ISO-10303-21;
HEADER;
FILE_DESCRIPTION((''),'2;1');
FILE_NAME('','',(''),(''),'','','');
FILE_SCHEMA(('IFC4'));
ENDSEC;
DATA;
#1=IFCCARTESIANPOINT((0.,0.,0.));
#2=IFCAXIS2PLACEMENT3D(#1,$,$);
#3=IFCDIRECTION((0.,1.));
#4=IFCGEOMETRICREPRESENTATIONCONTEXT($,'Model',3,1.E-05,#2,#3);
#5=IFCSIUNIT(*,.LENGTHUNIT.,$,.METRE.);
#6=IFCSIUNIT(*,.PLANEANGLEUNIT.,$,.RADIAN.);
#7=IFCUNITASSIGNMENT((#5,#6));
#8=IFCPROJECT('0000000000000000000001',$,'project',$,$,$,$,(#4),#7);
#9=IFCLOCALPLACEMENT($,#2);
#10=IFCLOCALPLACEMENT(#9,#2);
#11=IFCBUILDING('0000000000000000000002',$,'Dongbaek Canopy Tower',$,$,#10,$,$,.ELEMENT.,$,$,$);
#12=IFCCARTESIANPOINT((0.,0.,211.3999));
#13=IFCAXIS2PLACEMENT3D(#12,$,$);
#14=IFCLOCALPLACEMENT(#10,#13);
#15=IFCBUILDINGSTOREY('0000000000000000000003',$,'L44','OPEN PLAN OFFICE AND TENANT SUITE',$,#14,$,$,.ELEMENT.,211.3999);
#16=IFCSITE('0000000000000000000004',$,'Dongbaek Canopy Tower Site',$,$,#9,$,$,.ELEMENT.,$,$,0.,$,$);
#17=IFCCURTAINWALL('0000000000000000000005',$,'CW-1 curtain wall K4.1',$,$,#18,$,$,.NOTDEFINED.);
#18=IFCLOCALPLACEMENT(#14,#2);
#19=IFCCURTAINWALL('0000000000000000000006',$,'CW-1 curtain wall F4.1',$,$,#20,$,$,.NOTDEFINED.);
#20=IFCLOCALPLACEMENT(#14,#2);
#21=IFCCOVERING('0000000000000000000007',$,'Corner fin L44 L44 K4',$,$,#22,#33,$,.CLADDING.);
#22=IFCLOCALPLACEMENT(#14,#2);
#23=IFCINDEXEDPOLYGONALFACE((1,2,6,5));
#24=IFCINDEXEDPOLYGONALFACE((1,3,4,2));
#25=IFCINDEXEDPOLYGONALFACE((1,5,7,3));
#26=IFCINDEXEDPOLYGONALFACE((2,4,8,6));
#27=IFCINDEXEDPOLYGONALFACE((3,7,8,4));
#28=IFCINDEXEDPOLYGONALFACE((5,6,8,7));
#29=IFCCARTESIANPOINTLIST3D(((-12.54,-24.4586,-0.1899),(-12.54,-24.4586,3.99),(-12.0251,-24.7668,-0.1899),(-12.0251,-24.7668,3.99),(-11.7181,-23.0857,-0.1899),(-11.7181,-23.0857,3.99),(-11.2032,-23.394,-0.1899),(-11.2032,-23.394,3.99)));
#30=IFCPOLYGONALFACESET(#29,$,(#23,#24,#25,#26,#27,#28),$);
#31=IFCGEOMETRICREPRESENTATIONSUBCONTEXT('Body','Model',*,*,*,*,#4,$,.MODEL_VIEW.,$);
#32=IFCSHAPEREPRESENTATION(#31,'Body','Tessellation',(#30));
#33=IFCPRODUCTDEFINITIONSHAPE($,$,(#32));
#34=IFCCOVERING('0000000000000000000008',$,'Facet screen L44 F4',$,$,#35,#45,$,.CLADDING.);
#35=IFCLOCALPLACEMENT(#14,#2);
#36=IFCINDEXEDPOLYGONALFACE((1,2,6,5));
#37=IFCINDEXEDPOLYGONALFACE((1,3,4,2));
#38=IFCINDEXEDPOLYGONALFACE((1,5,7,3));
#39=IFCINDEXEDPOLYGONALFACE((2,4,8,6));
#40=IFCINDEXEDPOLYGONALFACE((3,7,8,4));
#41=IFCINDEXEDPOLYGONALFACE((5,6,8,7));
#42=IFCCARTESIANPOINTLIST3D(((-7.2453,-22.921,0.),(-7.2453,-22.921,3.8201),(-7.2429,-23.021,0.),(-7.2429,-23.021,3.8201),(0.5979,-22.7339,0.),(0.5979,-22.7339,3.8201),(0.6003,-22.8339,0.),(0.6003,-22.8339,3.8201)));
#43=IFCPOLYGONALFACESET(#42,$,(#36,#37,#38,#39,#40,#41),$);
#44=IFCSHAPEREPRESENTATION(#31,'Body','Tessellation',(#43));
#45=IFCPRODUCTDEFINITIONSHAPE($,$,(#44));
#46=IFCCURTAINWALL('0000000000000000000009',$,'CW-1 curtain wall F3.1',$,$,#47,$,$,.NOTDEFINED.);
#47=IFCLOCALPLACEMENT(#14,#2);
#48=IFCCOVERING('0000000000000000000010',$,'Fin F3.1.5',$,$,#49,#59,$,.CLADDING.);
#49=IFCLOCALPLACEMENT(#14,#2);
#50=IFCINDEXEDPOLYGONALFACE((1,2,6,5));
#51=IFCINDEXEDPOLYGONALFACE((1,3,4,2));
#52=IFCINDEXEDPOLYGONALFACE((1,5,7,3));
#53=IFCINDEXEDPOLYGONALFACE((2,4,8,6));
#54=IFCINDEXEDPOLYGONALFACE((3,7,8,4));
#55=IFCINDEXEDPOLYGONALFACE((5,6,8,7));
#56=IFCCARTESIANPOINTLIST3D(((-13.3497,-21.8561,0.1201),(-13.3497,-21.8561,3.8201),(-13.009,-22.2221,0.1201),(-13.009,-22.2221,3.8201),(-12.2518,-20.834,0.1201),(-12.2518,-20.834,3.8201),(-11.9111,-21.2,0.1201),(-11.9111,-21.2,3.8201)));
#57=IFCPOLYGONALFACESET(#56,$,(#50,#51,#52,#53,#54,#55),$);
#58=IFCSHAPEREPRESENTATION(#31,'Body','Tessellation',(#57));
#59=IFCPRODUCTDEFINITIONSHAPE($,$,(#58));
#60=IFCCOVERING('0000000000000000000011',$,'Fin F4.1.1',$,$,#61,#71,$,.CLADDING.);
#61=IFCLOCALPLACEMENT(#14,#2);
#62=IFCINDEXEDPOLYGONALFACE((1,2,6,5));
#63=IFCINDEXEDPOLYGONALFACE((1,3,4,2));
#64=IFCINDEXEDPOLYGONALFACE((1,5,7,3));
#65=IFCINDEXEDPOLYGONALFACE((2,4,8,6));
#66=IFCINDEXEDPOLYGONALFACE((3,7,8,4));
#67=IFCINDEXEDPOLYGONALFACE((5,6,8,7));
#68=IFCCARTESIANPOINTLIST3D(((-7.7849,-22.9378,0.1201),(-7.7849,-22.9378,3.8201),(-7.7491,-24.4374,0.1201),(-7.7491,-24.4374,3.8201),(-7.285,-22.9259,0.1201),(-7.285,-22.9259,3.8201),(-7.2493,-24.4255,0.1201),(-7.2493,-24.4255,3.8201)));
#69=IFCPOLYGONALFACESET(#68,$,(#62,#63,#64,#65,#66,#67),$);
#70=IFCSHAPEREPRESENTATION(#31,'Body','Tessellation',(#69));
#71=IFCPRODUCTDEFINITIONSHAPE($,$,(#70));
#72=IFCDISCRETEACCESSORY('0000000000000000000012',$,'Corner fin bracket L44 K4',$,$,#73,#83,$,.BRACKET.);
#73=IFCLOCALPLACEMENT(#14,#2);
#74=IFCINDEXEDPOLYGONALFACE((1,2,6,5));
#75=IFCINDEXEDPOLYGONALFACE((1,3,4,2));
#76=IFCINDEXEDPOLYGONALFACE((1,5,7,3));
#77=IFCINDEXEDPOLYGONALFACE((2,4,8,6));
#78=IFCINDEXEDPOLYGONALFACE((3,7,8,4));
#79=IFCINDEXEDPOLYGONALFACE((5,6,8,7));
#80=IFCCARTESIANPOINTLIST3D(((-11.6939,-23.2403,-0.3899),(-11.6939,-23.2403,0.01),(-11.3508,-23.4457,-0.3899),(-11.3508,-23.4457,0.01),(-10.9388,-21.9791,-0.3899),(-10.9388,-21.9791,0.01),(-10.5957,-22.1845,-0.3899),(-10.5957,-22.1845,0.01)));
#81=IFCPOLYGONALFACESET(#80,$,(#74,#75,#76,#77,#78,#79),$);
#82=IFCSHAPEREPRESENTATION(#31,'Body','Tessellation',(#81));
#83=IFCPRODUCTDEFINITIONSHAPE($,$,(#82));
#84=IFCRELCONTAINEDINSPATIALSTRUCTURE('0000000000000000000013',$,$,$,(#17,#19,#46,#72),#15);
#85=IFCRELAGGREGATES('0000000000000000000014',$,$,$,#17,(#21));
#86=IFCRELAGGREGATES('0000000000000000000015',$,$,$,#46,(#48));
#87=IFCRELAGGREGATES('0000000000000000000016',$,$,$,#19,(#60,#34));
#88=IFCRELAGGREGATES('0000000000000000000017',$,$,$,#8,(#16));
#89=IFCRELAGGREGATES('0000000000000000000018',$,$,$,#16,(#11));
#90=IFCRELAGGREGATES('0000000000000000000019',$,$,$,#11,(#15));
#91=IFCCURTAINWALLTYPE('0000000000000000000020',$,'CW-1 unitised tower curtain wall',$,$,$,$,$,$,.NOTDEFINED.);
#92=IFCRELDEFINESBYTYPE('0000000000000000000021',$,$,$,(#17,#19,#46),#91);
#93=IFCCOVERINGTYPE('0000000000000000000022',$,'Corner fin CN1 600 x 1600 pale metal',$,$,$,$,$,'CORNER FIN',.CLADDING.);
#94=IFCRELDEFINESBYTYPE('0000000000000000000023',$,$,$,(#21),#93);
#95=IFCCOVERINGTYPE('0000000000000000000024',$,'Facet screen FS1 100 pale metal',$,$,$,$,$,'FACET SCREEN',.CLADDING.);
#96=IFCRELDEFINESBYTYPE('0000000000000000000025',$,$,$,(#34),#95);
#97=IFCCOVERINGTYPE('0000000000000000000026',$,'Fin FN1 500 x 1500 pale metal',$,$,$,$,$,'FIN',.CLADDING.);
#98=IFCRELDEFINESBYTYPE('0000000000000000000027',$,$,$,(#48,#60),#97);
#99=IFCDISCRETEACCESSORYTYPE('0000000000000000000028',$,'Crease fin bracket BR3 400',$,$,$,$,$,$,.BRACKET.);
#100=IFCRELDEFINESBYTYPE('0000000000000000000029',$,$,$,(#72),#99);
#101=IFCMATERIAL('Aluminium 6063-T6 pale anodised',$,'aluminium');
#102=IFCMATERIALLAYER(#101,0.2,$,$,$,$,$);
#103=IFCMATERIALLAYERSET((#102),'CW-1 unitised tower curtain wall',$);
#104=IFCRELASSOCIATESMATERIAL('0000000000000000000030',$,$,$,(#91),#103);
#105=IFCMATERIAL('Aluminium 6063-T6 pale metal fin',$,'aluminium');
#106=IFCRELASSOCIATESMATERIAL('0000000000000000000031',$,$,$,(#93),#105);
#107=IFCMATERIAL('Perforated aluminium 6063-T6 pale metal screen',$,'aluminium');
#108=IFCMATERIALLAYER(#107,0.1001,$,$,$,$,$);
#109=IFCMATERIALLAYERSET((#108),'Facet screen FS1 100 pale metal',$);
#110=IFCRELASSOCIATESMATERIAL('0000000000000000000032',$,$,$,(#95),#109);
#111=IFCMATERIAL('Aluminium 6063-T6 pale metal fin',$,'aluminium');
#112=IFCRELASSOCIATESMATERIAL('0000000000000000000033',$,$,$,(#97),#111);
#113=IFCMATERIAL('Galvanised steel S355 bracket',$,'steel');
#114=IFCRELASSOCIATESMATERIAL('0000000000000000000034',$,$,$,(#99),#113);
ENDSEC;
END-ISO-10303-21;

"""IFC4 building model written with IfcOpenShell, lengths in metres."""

from ifc_helpers import new_model, si_unit, direction, frame, origin, origin_2d, place, context, subcontext, project, spatial, rectangle, extrude, material, layer, layer_set, material_profile, profile_set, type_object, element, aggregate, save


model = new_model("IFC4")

# Units and contexts
model_context = context("Model", 3, precision=1e-05, world=origin(), true_north=direction((0.0, 1.0)))
body_context = subcontext(model_context, "Body", "Model", "MODEL_VIEW")
ifc_project = project(units=[si_unit("LENGTHUNIT", "METRE"), si_unit("PLANEANGLEUNIT", "RADIAN")], contexts=[model_context])

# Site, building, storey
site_placement = place(None, origin())
site = spatial("IfcSite", under=ifc_project, at=site_placement, Name="Dongbaek Canopy Tower Site", CompositionType="ELEMENT", RefElevation=0.0)
building_placement = place(site_placement, origin())
building = spatial("IfcBuilding", under=site, at=building_placement, Name="Dongbaek Canopy Tower", CompositionType="ELEMENT")
storey_placement = place(building_placement, frame((0.0, 0.0, 211.3999)))
storey = spatial("IfcBuildingStorey", under=building, at=storey_placement, Name="L44", Description="OPEN PLAN OFFICE AND TENANT SUITE", CompositionType="ELEMENT", Elevation=211.3999)

# Curtain walls
ifc_material_1 = material(Name="Aluminium 6063-T6 pale anodised", Category="aluminium")
ifc_layer_1 = layer(ifc_material_1, 0.2)
ifc_layer_set_1 = layer_set([ifc_layer_1], Name="CW-1 unitised tower curtain wall")
curtain_wall_type = type_object("IfcCurtainWallType", Name="CW-1 unitised tower curtain wall", PredefinedType="NOTDEFINED", material=ifc_layer_set_1)
curtain_wall_1_placement = place(storey_placement, origin())
curtain_wall_1 = element("IfcCurtainWall", 1, at=curtain_wall_1_placement, inside=storey, type_object=curtain_wall_type, Name="CW-1 curtain wall K4.1", PredefinedType="NOTDEFINED")
curtain_wall_2_placement = place(storey_placement, origin())
curtain_wall_2 = element("IfcCurtainWall", 2, at=curtain_wall_2_placement, inside=storey, type_object=curtain_wall_type, Name="CW-1 curtain wall F4.1", PredefinedType="NOTDEFINED")

# Coverings
ifc_material_2 = material(Name="Aluminium 6063-T6 pale metal fin", Category="aluminium")
ifc_material_profile_1 = material_profile(ifc_material_2, rectangle(XDim=1.6001, YDim=0.6001, at=origin_2d()), Name="Corner fin CN1 600 x 1600 pale metal")
ifc_profile_set_1 = profile_set([ifc_material_profile_1], Name="Aluminium 6063-T6 pale metal fin")
covering_type_1 = type_object("IfcCoveringType", Name="Corner fin CN1 600 x 1600 pale metal", ElementType="CORNER FIN", PredefinedType="CLADDING", material=ifc_profile_set_1)
covering_1_placement = place(storey_placement, frame((-11.8716, -23.9263, -0.1899), z_axis=(0.0, 0.0, 1.0), x_axis=(-0.513679, -0.857982, 0.0)))
covering_1 = element("IfcCovering", 3, at=covering_1_placement, type_object=covering_type_1, Name="Corner fin L44 L44 K4", PredefinedType="CLADDING", context=body_context, shape_type="SweptSolid", body=[
    extrude(rectangle(XDim=1.6001, YDim=0.6001, at=origin_2d()), origin(), (0.0, 0.0, 1.0), 4.1799),
])
aggregate(curtain_wall_1, [covering_1])
ifc_material_3 = material(Name="Perforated aluminium 6063-T6 pale metal screen", Category="aluminium")
ifc_layer_2 = layer(ifc_material_3, 0.1001)
ifc_layer_set_2 = layer_set([ifc_layer_2], Name="Facet screen FS1 100 pale metal")
covering_type_2 = type_object("IfcCoveringType", Name="Facet screen FS1 100 pale metal", ElementType="FACET SCREEN", PredefinedType="CLADDING", material=ifc_layer_set_2)
covering_2_placement = place(storey_placement, frame((-3.3225, -22.8774, 0.0), z_axis=(0.0, 0.0, 1.0), x_axis=(0.999716, 0.023849, 0.0)))
covering_2 = element("IfcCovering", 4, at=covering_2_placement, type_object=covering_type_2, Name="Facet screen L44 F4", PredefinedType="CLADDING", context=body_context, shape_type="SweptSolid", body=[
    extrude(rectangle(XDim=7.8455, YDim=0.1001, at=origin_2d()), origin(), (0.0, 0.0, 1.0), 3.8201),
])

# Curtain wall, covering
curtain_wall_3_placement = place(storey_placement, origin())
curtain_wall_3 = element("IfcCurtainWall", 5, at=curtain_wall_3_placement, inside=storey, type_object=curtain_wall_type, Name="CW-1 curtain wall F3.1", PredefinedType="NOTDEFINED")
ifc_material_4 = material(Name="Aluminium 6063-T6 pale metal fin", Category="aluminium")
ifc_material_profile_2 = material_profile(ifc_material_4, rectangle(XDim=1.5, YDim=0.5, at=origin_2d()), Name="Fin FN1 500 x 1500 pale metal")
ifc_profile_set_2 = profile_set([ifc_material_profile_2], Name="Aluminium 6063-T6 pale metal fin")
covering_type_3 = type_object("IfcCoveringType", Name="Fin FN1 500 x 1500 pale metal", ElementType="FIN", PredefinedType="CLADDING", material=ifc_profile_set_2)
covering_3_placement = place(storey_placement, frame((-12.6304, -21.5281, 0.1201), z_axis=(0.0, 0.0, 1.0), x_axis=(-0.731914, -0.681397, 0.0)))
covering_3 = element("IfcCovering", 6, at=covering_3_placement, type_object=covering_type_3, Name="Fin F3.1.5", PredefinedType="CLADDING", context=body_context, shape_type="SweptSolid", body=[
    extrude(rectangle(XDim=1.5, YDim=0.5, at=origin_2d()), origin(), (0.0, 0.0, 1.0), 3.7),
])
aggregate(curtain_wall_3, [covering_3])

# Covering
covering_4_placement = place(storey_placement, frame((-7.5171, -23.6816, 0.1201), z_axis=(0.0, 0.0, 1.0), x_axis=(0.023849, -0.999716, 0.0)))
covering_4 = element("IfcCovering", 7, at=covering_4_placement, type_object=covering_type_3, Name="Fin F4.1.1", PredefinedType="CLADDING", context=body_context, shape_type="SweptSolid", body=[
    extrude(rectangle(XDim=1.5, YDim=0.5, at=origin_2d()), origin(), (0.0, 0.0, 1.0), 3.7),
])
aggregate(curtain_wall_2, [covering_4, covering_2])

# Discrete accessory
ifc_material_5 = material(Name="Galvanised steel S355 bracket", Category="steel")
discrete_accessory_type = type_object("IfcDiscreteAccessoryType", Name="Crease fin bracket BR3 400", PredefinedType="BRACKET", material=ifc_material_5)
discrete_accessory_placement = place(storey_placement, frame((-11.1448, -22.7124, -0.3899), z_axis=(0.0, 0.0, 1.0), x_axis=(-0.513679, -0.857982, 0.0)))
element("IfcDiscreteAccessory", 8, at=discrete_accessory_placement, inside=storey, type_object=discrete_accessory_type, Name="Corner fin bracket L44 K4", PredefinedType="BRACKET", context=body_context, shape_type="SweptSolid", body=[
    extrude(rectangle(XDim=1.47, YDim=0.3999, at=origin_2d()), origin(), (0.0, 0.0, 1.0), 0.3999),
])

save(model, "model.ifc")
